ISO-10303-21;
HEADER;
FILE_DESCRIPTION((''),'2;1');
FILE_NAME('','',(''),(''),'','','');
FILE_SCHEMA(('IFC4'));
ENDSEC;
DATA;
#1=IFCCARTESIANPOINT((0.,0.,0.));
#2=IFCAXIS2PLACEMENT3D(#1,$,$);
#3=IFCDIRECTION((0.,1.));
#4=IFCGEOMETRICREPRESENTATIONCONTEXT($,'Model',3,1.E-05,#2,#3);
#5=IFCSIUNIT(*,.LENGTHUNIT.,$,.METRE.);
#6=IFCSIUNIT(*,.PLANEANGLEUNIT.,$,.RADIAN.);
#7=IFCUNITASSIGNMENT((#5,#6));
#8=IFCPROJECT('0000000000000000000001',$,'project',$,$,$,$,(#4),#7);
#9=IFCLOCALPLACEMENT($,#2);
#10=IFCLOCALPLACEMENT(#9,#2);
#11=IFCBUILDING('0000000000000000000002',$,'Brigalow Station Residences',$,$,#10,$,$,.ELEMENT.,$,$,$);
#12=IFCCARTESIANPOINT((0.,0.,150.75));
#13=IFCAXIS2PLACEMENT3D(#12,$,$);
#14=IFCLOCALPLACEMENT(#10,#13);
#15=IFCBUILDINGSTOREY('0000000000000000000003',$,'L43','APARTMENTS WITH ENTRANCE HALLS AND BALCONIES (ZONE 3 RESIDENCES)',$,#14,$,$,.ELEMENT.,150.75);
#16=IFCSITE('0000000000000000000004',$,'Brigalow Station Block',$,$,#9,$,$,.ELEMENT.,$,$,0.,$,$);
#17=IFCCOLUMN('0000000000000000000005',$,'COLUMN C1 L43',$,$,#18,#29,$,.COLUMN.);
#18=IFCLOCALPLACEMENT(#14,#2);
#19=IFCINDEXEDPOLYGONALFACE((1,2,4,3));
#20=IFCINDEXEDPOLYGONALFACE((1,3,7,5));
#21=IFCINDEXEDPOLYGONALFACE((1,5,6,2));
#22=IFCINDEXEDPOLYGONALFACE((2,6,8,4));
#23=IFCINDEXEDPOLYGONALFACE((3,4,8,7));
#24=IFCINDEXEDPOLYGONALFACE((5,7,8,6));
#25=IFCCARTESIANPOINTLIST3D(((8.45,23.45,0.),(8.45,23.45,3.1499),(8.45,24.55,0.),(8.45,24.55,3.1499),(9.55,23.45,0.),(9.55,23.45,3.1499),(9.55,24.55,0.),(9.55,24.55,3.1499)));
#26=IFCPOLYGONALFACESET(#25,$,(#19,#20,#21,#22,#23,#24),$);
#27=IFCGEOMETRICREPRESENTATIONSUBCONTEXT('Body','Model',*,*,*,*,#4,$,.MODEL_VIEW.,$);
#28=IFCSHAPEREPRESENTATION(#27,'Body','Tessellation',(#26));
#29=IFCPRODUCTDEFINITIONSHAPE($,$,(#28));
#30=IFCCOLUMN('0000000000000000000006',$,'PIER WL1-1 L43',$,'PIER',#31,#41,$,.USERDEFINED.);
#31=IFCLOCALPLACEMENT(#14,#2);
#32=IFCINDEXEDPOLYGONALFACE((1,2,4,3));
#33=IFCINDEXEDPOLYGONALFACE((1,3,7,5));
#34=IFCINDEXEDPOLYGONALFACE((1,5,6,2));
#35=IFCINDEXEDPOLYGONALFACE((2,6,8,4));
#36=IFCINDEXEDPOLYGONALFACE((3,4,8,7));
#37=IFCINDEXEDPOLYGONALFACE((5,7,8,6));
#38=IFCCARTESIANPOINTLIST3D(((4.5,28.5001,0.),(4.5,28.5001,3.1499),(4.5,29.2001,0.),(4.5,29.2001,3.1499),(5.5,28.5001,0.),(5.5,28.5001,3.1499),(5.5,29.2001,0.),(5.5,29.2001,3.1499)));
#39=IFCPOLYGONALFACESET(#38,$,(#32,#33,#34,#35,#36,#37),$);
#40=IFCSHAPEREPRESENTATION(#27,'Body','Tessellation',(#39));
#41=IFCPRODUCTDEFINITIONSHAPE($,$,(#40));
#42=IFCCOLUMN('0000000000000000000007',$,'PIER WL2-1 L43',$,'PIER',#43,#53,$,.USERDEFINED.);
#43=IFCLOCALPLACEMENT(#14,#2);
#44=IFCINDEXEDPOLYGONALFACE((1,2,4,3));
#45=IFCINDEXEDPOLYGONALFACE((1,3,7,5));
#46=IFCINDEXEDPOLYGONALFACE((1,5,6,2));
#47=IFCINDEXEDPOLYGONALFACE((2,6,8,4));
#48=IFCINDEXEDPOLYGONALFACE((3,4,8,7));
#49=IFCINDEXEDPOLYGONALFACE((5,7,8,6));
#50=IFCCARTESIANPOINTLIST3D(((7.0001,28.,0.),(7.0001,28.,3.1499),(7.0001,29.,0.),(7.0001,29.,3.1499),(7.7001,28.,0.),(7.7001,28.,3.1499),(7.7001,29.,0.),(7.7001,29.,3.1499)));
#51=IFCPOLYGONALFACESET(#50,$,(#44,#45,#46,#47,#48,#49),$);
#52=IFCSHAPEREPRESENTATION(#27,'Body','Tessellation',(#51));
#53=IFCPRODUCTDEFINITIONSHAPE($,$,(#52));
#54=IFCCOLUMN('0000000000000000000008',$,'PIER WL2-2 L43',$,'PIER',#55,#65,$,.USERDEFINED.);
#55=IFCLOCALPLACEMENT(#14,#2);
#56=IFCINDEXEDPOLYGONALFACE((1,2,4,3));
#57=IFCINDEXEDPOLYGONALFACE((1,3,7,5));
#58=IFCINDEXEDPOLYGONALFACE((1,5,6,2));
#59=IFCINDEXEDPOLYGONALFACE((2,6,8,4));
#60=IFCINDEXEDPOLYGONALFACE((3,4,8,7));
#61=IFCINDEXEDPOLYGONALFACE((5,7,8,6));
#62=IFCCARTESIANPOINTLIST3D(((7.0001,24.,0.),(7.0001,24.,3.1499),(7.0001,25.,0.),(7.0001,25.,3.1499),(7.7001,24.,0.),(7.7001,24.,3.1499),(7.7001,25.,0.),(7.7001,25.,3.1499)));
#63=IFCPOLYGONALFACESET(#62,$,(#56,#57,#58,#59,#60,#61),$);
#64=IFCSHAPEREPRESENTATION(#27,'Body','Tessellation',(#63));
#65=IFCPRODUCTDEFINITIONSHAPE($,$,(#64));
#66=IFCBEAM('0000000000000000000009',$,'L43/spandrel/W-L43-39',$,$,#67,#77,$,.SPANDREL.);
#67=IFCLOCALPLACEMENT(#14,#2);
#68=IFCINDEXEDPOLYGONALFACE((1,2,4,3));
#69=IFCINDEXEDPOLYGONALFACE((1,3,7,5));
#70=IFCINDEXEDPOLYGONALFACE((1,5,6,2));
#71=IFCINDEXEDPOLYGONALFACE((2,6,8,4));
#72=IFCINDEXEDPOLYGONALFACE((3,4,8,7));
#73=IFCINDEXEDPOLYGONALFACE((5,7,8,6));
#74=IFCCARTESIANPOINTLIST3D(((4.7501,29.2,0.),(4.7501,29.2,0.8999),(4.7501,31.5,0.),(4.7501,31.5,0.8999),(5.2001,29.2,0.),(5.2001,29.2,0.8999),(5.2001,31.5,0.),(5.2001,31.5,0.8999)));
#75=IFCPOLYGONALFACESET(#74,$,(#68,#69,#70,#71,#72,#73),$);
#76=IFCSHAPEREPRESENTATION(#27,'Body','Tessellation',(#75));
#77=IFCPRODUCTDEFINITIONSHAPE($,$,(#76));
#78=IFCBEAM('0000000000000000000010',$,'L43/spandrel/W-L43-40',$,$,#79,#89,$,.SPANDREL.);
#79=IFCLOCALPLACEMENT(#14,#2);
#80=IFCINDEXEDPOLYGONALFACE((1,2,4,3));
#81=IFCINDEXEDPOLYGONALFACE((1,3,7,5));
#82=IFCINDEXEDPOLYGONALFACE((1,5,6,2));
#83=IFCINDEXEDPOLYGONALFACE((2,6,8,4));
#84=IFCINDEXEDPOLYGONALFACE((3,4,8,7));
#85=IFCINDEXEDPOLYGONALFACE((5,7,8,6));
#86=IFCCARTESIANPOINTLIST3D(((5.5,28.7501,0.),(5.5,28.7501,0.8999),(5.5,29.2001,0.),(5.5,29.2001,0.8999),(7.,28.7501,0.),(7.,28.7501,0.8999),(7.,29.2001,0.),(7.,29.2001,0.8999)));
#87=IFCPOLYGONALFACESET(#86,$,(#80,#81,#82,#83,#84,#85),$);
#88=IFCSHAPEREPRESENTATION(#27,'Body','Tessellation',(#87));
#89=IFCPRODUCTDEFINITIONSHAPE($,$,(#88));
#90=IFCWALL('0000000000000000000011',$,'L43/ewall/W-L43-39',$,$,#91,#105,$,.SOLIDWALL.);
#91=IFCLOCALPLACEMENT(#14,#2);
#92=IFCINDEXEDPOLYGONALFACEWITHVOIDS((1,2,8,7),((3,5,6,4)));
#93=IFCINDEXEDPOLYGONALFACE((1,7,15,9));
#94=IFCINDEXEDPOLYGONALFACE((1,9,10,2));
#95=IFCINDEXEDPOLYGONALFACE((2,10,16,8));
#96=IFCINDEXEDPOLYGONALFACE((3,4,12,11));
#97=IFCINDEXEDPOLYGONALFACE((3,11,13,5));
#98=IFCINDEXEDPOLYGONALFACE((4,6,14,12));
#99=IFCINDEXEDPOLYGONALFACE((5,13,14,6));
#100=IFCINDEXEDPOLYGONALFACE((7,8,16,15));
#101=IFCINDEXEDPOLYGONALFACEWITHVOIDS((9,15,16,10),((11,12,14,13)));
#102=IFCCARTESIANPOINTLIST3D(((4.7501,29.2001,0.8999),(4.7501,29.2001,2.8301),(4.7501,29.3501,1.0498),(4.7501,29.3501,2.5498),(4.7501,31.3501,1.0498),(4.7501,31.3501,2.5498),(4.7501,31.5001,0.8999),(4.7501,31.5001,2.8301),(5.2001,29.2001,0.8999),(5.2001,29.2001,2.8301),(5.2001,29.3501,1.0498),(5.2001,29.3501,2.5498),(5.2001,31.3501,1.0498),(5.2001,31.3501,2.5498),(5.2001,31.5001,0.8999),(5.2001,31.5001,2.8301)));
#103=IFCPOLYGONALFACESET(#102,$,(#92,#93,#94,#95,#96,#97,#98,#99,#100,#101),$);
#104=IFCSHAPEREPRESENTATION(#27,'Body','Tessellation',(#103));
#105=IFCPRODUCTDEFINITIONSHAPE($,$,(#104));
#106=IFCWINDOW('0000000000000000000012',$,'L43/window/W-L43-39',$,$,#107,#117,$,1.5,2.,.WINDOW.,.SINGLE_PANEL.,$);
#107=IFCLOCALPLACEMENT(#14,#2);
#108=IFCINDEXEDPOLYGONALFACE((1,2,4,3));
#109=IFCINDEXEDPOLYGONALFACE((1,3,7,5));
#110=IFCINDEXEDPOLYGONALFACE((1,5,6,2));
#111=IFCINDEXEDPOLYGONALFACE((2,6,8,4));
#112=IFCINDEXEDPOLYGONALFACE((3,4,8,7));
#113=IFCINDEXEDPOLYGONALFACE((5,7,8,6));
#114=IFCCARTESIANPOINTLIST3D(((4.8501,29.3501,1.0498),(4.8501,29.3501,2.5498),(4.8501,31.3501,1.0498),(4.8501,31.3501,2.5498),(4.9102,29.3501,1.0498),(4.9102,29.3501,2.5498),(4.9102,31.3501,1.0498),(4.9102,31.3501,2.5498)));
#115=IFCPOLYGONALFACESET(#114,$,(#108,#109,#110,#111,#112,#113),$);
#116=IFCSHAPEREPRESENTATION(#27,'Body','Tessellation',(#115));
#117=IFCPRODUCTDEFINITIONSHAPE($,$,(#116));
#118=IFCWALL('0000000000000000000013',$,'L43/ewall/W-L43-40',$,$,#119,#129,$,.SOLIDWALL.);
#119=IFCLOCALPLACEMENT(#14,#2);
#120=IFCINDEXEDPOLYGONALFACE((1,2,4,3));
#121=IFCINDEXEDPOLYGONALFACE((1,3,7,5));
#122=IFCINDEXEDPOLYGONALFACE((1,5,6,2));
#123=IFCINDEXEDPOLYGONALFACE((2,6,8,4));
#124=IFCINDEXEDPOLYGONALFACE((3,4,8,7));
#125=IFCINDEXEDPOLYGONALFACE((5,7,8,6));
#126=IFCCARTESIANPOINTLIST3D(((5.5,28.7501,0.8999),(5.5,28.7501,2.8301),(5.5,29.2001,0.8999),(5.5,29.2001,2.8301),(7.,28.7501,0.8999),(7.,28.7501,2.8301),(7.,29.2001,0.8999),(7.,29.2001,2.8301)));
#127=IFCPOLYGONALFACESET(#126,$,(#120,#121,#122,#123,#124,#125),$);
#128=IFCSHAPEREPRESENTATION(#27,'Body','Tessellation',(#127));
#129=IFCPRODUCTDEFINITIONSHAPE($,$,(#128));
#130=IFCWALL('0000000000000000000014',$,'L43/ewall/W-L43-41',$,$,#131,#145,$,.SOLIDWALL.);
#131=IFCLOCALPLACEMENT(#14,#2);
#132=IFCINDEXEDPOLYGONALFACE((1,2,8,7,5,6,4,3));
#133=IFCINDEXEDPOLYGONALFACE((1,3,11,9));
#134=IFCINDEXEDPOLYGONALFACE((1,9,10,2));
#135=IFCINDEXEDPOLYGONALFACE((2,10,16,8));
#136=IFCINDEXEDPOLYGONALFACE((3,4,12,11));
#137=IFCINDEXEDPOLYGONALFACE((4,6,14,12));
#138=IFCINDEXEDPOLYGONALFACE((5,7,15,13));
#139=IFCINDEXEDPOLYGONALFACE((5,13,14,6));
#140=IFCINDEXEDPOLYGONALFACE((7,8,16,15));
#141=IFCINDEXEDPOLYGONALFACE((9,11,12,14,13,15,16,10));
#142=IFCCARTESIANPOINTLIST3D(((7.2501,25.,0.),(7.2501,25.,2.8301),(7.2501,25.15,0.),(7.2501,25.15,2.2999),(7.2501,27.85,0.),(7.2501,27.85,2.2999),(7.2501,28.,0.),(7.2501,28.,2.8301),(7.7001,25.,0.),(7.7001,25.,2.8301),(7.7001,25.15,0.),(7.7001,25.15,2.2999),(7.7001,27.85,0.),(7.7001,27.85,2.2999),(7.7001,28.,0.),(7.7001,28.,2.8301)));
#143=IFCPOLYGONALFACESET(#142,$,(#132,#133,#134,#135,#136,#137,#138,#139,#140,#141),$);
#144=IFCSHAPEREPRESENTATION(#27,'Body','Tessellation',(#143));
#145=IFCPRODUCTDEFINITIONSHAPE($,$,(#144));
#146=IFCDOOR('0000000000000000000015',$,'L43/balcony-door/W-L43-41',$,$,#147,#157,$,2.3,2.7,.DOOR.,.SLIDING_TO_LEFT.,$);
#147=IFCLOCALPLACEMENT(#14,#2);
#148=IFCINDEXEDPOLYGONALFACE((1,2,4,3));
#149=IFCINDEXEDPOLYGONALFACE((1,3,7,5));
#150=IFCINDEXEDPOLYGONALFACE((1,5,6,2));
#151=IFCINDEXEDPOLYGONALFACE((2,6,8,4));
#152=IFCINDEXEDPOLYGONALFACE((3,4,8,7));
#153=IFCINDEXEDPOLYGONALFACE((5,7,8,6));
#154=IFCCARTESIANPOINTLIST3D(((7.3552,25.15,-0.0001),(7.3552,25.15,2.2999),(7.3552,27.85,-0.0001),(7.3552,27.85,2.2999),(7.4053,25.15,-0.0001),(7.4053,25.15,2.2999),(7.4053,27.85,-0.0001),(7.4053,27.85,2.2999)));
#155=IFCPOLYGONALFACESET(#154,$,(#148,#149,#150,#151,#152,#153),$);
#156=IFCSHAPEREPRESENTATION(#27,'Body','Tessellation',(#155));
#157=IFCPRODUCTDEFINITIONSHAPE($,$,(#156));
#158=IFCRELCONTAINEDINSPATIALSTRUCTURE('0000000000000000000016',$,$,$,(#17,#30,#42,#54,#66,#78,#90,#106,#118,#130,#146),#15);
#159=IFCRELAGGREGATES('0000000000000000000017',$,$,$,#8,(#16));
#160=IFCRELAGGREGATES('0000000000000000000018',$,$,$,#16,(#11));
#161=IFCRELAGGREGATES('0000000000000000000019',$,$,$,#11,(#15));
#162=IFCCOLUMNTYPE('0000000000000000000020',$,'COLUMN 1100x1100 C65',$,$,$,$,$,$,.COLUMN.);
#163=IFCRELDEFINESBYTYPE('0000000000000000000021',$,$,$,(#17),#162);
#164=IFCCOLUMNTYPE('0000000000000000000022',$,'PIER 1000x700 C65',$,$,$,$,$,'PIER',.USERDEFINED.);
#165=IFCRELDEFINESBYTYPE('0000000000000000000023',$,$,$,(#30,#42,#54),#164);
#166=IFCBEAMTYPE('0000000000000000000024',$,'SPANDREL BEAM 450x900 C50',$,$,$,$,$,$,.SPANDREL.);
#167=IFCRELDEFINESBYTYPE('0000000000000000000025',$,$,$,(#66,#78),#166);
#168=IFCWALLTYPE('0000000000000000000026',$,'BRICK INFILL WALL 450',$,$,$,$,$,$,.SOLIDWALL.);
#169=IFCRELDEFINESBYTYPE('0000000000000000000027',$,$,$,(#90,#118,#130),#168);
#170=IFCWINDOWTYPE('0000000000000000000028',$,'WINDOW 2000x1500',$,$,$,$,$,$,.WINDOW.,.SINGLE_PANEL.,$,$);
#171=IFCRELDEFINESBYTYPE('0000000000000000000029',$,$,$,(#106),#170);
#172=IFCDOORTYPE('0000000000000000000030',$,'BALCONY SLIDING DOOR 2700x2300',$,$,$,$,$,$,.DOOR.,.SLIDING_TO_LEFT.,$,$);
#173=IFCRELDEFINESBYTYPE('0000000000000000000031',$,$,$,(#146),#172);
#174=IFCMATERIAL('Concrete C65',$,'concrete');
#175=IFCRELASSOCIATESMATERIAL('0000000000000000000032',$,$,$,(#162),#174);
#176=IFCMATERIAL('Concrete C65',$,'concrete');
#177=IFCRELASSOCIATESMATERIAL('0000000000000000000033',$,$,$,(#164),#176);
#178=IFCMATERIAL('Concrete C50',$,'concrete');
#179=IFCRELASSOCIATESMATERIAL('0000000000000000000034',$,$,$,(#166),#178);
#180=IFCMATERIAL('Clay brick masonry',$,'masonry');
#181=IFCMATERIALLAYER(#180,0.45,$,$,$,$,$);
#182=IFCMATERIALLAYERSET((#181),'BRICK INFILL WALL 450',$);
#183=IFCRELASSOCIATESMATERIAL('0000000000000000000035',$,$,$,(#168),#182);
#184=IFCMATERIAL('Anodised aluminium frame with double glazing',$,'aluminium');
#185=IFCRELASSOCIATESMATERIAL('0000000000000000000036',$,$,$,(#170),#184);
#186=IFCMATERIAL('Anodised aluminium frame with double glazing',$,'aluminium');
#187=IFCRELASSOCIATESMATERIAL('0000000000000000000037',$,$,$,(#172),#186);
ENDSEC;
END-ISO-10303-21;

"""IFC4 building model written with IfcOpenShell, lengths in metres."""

from ifc_helpers import new_model, si_unit, direction, frame, frame_2d, origin, origin_2d, place, context, subcontext, project, spatial, rectangle, extrude, material, layer, layer_set, material_profile, profile_set, type_object, element, fill, save


model = new_model("IFC4")

# Units and contexts
model_context = context("Model", 3, precision=1e-05, world=origin(), true_north=direction((0.0, 1.0)))
body_context = subcontext(model_context, "Body", "Model", "MODEL_VIEW")
ifc_project = project(units=[si_unit("LENGTHUNIT", "METRE"), si_unit("PLANEANGLEUNIT", "RADIAN")], contexts=[model_context])

# Site, building, storey
site_placement = place(None, origin())
site = spatial("IfcSite", under=ifc_project, at=site_placement, Name="Brigalow Station Block", CompositionType="ELEMENT", RefElevation=0.0)
building_placement = place(site_placement, origin())
building = spatial("IfcBuilding", under=site, at=building_placement, Name="Brigalow Station Residences", CompositionType="ELEMENT")
storey_placement = place(building_placement, frame((0.0, 0.0, 150.75)))
storey = spatial("IfcBuildingStorey", under=building, at=storey_placement, Name="L43", Description="APARTMENTS WITH ENTRANCE HALLS AND BALCONIES (ZONE 3 RESIDENCES)", CompositionType="ELEMENT", Elevation=150.75)

# Columns
ifc_material_1 = material(Name="Concrete C65", Category="concrete")
ifc_material_profile_1 = material_profile(ifc_material_1, rectangle(XDim=1.1001, YDim=1.1001, at=origin_2d()), Name="RC1100x1100")
ifc_profile_set_1 = profile_set([ifc_material_profile_1], Name="Concrete C65")
column_type_1 = type_object("IfcColumnType", Name="COLUMN 1100x1100 C65", PredefinedType="COLUMN", material=ifc_profile_set_1)
column_placement = place(storey_placement, frame((9.0, 24.0, 0.0), z_axis=(0.0, 0.0, 1.0), x_axis=(1.0, 0.0, 0.0)))
element("IfcColumn", 1, at=column_placement, inside=storey, type_object=column_type_1, Name="COLUMN C1 L43", PredefinedType="COLUMN", context=body_context, shape_type="SweptSolid", body=[
    extrude(rectangle(XDim=1.1001, YDim=1.1001, at=origin_2d()), origin(), (0.0, 0.0, 1.0), 3.1499),
])
ifc_material_2 = material(Name="Concrete C65", Category="concrete")
ifc_material_profile_2 = material_profile(ifc_material_2, rectangle(XDim=1.0, YDim=0.7, at=origin_2d()), Name="RC1000x700")
ifc_profile_set_2 = profile_set([ifc_material_profile_2], Name="Concrete C65")
column_type_2 = type_object("IfcColumnType", Name="PIER 1000x700 C65", ElementType="PIER", PredefinedType="USERDEFINED", material=ifc_profile_set_2)
for number, where, z_axis, x_axis, name in (
    (2, (5.0, 28.8501, 0.0), (0.0, 0.0, 1.0), (1.0, 0.0, 0.0), "PIER WL1-1 L43"),
    (3, (7.3501, 28.5, 0.0), (0.0, 0.0, 1.0), (0.0, -1.0, 0.0), "PIER WL2-1 L43"),
    (4, (7.3501, 24.5, 0.0), (0.0, 0.0, 1.0), (0.0, -1.0, 0.0), "PIER WL2-2 L43"),
):
    element("IfcColumn", number, at=place(storey_placement, frame(where, z_axis=z_axis, x_axis=x_axis)), inside=storey, type_object=column_type_2, Name=name, ObjectType="PIER", PredefinedType="USERDEFINED", context=body_context, shape_type="SweptSolid", body=[
        extrude(rectangle(XDim=1.0, YDim=0.7, at=origin_2d()), origin(), (0.0, 0.0, 1.0), 3.1499),
    ])

# Beams
ifc_material_3 = material(Name="Concrete C50", Category="concrete")
ifc_material_profile_3 = material_profile(ifc_material_3, rectangle(XDim=0.45, YDim=0.8999, at=origin_2d()), Name="RC450x900")
ifc_profile_set_3 = profile_set([ifc_material_profile_3], Name="Concrete C50")
beam_type = type_object("IfcBeamType", Name="SPANDREL BEAM 450x900 C50", PredefinedType="SPANDREL", material=ifc_profile_set_3)
beam_1_placement = place(storey_placement, frame((4.9751, 31.5, 0.45), z_axis=(0.0, -1.0, 0.0), x_axis=(1.0, 0.0, 0.0)))
element("IfcBeam", 5, at=beam_1_placement, inside=storey, type_object=beam_type, Name="L43/spandrel/W-L43-39", PredefinedType="SPANDREL", context=body_context, shape_type="SweptSolid", body=[
    extrude(rectangle(XDim=0.45, YDim=0.8999, at=origin_2d()), origin(), (0.0, 0.0, 1.0), 2.3),
])
beam_2_placement = place(storey_placement, frame((5.5, 28.9751, 0.45), z_axis=(1.0, 0.0, 0.0), x_axis=(0.0, 1.0, 0.0)))
element("IfcBeam", 6, at=beam_2_placement, inside=storey, type_object=beam_type, Name="L43/spandrel/W-L43-40", PredefinedType="SPANDREL", context=body_context, shape_type="SweptSolid", body=[
    extrude(rectangle(XDim=0.45, YDim=0.8999, at=origin_2d()), origin(), (0.0, 0.0, 1.0), 1.5),
])

# Wall, opening, window
ifc_material_4 = material(Name="Clay brick masonry", Category="masonry")
ifc_layer_1 = layer(ifc_material_4, 0.45)
ifc_layer_set_1 = layer_set([ifc_layer_1], Name="BRICK INFILL WALL 450")
wall_type_1 = type_object("IfcWallType", Name="BRICK INFILL WALL 450", PredefinedType="SOLIDWALL", material=ifc_layer_set_1)
wall_1_placement = place(storey_placement, frame((4.9751, 31.5, 0.8999), z_axis=(0.0, 0.0, 1.0), x_axis=(0.0, -1.0, 0.0)))
wall_1 = element("IfcWall", 7, at=wall_1_placement, inside=storey, type_object=wall_type_1, Name="L43/ewall/W-L43-39", PredefinedType="SOLIDWALL", context=body_context, shape_type="SweptSolid", body=[
    extrude(rectangle(XDim=2.3, YDim=0.45, at=frame_2d((1.1499, 0.0))), origin(), (0.0, 0.0, 1.0), 1.9302),
])
opening_1_placement = place(wall_1_placement, frame((0.1499, 0.0, 0.1499)))
opening_1 = element("IfcOpeningElement", 8, at=opening_1_placement, cuts=wall_1, PredefinedType="OPENING", context=body_context, shape_type="SweptSolid", body=[
    extrude(rectangle(XDim=2.0, YDim=1.5, at=frame_2d((1.0, 0.75))), frame((0.0, 0.2349, 0.0), z_axis=(0.0, -1.0, 0.0), x_axis=(1.0, 0.0, 0.0)), (0.0, 0.0, 1.0), 0.47),
])
ifc_material_5 = material(Name="Anodised aluminium frame with double glazing", Category="aluminium")
window_type = type_object("IfcWindowType", Name="WINDOW 2000x1500", PartitioningType="SINGLE_PANEL", PredefinedType="WINDOW", material=ifc_material_5)
window_placement = place(opening_1_placement, origin())
window = element("IfcWindow", 9, at=window_placement, inside=storey, type_object=window_type, Name="L43/window/W-L43-39", OverallHeight=1.5, OverallWidth=2.0, PartitioningType="SINGLE_PANEL", PredefinedType="WINDOW", context=body_context, shape_type="SweptSolid", body=[
    extrude(rectangle(XDim=2.0, YDim=1.5, at=frame_2d((1.0, 0.75))), frame((0.0, -0.0649, 0.0), z_axis=(0.0, -1.0, 0.0), x_axis=(1.0, 0.0, 0.0)), (0.0, 0.0, 1.0), 0.0601),
])
fill(opening_1, window)

# Wall
wall_2_placement = place(storey_placement, frame((5.5, 28.9751, 0.8999), z_axis=(0.0, 0.0, 1.0), x_axis=(1.0, 0.0, 0.0)))
element("IfcWall", 10, at=wall_2_placement, inside=storey, type_object=wall_type_1, Name="L43/ewall/W-L43-40", PredefinedType="SOLIDWALL", context=body_context, shape_type="SweptSolid", body=[
    extrude(rectangle(XDim=1.5, YDim=0.45, at=frame_2d((0.75, 0.0))), origin(), (0.0, 0.0, 1.0), 1.9302),
])

# Wall, opening, door
wall_3_placement = place(storey_placement, frame((7.4751, 28.0, 0.0), z_axis=(0.0, 0.0, 1.0), x_axis=(0.0, -1.0, 0.0)))
wall_3 = element("IfcWall", 11, at=wall_3_placement, inside=storey, type_object=wall_type_1, Name="L43/ewall/W-L43-41", PredefinedType="SOLIDWALL", context=body_context, shape_type="SweptSolid", body=[
    extrude(rectangle(XDim=3.0, YDim=0.45, at=frame_2d((1.5, 0.0))), origin(), (0.0, 0.0, 1.0), 2.8301),
])
opening_2_placement = place(wall_3_placement, frame((0.1499, 0.0, 0.0)))
opening_2 = element("IfcOpeningElement", 12, at=opening_2_placement, cuts=wall_3, PredefinedType="OPENING", context=body_context, shape_type="SweptSolid", body=[
    extrude(rectangle(XDim=2.7, YDim=2.3, at=frame_2d((1.3501, 1.1499))), frame((0.0, 0.2349, 0.0), z_axis=(0.0, -1.0, 0.0), x_axis=(1.0, 0.0, 0.0)), (0.0, 0.0, 1.0), 0.47),
])
ifc_material_6 = material(Name="Anodised aluminium frame with double glazing", Category="aluminium")
door_type_1 = type_object("IfcDoorType", Name="BALCONY SLIDING DOOR 2700x2300", OperationType="SLIDING_TO_LEFT", PredefinedType="DOOR", material=ifc_material_6)
door_1_placement = place(opening_2_placement, origin())
door_1 = element("IfcDoor", 13, at=door_1_placement, inside=storey, type_object=door_type_1, Name="L43/balcony-door/W-L43-41", OperationType="SLIDING_TO_LEFT", OverallHeight=2.3, OverallWidth=2.7, PredefinedType="DOOR", context=body_context, shape_type="SweptSolid", body=[
    extrude(rectangle(XDim=2.7, YDim=2.3, at=frame_2d((1.3501, 1.1499))), frame((0.0, -0.0698, 0.0), z_axis=(0.0, -1.0, 0.0), x_axis=(1.0, 0.0, 0.0)), (0.0, 0.0, 1.0), 0.05),
])
fill(opening_2, door_1)

save(model, "model.ifc")
